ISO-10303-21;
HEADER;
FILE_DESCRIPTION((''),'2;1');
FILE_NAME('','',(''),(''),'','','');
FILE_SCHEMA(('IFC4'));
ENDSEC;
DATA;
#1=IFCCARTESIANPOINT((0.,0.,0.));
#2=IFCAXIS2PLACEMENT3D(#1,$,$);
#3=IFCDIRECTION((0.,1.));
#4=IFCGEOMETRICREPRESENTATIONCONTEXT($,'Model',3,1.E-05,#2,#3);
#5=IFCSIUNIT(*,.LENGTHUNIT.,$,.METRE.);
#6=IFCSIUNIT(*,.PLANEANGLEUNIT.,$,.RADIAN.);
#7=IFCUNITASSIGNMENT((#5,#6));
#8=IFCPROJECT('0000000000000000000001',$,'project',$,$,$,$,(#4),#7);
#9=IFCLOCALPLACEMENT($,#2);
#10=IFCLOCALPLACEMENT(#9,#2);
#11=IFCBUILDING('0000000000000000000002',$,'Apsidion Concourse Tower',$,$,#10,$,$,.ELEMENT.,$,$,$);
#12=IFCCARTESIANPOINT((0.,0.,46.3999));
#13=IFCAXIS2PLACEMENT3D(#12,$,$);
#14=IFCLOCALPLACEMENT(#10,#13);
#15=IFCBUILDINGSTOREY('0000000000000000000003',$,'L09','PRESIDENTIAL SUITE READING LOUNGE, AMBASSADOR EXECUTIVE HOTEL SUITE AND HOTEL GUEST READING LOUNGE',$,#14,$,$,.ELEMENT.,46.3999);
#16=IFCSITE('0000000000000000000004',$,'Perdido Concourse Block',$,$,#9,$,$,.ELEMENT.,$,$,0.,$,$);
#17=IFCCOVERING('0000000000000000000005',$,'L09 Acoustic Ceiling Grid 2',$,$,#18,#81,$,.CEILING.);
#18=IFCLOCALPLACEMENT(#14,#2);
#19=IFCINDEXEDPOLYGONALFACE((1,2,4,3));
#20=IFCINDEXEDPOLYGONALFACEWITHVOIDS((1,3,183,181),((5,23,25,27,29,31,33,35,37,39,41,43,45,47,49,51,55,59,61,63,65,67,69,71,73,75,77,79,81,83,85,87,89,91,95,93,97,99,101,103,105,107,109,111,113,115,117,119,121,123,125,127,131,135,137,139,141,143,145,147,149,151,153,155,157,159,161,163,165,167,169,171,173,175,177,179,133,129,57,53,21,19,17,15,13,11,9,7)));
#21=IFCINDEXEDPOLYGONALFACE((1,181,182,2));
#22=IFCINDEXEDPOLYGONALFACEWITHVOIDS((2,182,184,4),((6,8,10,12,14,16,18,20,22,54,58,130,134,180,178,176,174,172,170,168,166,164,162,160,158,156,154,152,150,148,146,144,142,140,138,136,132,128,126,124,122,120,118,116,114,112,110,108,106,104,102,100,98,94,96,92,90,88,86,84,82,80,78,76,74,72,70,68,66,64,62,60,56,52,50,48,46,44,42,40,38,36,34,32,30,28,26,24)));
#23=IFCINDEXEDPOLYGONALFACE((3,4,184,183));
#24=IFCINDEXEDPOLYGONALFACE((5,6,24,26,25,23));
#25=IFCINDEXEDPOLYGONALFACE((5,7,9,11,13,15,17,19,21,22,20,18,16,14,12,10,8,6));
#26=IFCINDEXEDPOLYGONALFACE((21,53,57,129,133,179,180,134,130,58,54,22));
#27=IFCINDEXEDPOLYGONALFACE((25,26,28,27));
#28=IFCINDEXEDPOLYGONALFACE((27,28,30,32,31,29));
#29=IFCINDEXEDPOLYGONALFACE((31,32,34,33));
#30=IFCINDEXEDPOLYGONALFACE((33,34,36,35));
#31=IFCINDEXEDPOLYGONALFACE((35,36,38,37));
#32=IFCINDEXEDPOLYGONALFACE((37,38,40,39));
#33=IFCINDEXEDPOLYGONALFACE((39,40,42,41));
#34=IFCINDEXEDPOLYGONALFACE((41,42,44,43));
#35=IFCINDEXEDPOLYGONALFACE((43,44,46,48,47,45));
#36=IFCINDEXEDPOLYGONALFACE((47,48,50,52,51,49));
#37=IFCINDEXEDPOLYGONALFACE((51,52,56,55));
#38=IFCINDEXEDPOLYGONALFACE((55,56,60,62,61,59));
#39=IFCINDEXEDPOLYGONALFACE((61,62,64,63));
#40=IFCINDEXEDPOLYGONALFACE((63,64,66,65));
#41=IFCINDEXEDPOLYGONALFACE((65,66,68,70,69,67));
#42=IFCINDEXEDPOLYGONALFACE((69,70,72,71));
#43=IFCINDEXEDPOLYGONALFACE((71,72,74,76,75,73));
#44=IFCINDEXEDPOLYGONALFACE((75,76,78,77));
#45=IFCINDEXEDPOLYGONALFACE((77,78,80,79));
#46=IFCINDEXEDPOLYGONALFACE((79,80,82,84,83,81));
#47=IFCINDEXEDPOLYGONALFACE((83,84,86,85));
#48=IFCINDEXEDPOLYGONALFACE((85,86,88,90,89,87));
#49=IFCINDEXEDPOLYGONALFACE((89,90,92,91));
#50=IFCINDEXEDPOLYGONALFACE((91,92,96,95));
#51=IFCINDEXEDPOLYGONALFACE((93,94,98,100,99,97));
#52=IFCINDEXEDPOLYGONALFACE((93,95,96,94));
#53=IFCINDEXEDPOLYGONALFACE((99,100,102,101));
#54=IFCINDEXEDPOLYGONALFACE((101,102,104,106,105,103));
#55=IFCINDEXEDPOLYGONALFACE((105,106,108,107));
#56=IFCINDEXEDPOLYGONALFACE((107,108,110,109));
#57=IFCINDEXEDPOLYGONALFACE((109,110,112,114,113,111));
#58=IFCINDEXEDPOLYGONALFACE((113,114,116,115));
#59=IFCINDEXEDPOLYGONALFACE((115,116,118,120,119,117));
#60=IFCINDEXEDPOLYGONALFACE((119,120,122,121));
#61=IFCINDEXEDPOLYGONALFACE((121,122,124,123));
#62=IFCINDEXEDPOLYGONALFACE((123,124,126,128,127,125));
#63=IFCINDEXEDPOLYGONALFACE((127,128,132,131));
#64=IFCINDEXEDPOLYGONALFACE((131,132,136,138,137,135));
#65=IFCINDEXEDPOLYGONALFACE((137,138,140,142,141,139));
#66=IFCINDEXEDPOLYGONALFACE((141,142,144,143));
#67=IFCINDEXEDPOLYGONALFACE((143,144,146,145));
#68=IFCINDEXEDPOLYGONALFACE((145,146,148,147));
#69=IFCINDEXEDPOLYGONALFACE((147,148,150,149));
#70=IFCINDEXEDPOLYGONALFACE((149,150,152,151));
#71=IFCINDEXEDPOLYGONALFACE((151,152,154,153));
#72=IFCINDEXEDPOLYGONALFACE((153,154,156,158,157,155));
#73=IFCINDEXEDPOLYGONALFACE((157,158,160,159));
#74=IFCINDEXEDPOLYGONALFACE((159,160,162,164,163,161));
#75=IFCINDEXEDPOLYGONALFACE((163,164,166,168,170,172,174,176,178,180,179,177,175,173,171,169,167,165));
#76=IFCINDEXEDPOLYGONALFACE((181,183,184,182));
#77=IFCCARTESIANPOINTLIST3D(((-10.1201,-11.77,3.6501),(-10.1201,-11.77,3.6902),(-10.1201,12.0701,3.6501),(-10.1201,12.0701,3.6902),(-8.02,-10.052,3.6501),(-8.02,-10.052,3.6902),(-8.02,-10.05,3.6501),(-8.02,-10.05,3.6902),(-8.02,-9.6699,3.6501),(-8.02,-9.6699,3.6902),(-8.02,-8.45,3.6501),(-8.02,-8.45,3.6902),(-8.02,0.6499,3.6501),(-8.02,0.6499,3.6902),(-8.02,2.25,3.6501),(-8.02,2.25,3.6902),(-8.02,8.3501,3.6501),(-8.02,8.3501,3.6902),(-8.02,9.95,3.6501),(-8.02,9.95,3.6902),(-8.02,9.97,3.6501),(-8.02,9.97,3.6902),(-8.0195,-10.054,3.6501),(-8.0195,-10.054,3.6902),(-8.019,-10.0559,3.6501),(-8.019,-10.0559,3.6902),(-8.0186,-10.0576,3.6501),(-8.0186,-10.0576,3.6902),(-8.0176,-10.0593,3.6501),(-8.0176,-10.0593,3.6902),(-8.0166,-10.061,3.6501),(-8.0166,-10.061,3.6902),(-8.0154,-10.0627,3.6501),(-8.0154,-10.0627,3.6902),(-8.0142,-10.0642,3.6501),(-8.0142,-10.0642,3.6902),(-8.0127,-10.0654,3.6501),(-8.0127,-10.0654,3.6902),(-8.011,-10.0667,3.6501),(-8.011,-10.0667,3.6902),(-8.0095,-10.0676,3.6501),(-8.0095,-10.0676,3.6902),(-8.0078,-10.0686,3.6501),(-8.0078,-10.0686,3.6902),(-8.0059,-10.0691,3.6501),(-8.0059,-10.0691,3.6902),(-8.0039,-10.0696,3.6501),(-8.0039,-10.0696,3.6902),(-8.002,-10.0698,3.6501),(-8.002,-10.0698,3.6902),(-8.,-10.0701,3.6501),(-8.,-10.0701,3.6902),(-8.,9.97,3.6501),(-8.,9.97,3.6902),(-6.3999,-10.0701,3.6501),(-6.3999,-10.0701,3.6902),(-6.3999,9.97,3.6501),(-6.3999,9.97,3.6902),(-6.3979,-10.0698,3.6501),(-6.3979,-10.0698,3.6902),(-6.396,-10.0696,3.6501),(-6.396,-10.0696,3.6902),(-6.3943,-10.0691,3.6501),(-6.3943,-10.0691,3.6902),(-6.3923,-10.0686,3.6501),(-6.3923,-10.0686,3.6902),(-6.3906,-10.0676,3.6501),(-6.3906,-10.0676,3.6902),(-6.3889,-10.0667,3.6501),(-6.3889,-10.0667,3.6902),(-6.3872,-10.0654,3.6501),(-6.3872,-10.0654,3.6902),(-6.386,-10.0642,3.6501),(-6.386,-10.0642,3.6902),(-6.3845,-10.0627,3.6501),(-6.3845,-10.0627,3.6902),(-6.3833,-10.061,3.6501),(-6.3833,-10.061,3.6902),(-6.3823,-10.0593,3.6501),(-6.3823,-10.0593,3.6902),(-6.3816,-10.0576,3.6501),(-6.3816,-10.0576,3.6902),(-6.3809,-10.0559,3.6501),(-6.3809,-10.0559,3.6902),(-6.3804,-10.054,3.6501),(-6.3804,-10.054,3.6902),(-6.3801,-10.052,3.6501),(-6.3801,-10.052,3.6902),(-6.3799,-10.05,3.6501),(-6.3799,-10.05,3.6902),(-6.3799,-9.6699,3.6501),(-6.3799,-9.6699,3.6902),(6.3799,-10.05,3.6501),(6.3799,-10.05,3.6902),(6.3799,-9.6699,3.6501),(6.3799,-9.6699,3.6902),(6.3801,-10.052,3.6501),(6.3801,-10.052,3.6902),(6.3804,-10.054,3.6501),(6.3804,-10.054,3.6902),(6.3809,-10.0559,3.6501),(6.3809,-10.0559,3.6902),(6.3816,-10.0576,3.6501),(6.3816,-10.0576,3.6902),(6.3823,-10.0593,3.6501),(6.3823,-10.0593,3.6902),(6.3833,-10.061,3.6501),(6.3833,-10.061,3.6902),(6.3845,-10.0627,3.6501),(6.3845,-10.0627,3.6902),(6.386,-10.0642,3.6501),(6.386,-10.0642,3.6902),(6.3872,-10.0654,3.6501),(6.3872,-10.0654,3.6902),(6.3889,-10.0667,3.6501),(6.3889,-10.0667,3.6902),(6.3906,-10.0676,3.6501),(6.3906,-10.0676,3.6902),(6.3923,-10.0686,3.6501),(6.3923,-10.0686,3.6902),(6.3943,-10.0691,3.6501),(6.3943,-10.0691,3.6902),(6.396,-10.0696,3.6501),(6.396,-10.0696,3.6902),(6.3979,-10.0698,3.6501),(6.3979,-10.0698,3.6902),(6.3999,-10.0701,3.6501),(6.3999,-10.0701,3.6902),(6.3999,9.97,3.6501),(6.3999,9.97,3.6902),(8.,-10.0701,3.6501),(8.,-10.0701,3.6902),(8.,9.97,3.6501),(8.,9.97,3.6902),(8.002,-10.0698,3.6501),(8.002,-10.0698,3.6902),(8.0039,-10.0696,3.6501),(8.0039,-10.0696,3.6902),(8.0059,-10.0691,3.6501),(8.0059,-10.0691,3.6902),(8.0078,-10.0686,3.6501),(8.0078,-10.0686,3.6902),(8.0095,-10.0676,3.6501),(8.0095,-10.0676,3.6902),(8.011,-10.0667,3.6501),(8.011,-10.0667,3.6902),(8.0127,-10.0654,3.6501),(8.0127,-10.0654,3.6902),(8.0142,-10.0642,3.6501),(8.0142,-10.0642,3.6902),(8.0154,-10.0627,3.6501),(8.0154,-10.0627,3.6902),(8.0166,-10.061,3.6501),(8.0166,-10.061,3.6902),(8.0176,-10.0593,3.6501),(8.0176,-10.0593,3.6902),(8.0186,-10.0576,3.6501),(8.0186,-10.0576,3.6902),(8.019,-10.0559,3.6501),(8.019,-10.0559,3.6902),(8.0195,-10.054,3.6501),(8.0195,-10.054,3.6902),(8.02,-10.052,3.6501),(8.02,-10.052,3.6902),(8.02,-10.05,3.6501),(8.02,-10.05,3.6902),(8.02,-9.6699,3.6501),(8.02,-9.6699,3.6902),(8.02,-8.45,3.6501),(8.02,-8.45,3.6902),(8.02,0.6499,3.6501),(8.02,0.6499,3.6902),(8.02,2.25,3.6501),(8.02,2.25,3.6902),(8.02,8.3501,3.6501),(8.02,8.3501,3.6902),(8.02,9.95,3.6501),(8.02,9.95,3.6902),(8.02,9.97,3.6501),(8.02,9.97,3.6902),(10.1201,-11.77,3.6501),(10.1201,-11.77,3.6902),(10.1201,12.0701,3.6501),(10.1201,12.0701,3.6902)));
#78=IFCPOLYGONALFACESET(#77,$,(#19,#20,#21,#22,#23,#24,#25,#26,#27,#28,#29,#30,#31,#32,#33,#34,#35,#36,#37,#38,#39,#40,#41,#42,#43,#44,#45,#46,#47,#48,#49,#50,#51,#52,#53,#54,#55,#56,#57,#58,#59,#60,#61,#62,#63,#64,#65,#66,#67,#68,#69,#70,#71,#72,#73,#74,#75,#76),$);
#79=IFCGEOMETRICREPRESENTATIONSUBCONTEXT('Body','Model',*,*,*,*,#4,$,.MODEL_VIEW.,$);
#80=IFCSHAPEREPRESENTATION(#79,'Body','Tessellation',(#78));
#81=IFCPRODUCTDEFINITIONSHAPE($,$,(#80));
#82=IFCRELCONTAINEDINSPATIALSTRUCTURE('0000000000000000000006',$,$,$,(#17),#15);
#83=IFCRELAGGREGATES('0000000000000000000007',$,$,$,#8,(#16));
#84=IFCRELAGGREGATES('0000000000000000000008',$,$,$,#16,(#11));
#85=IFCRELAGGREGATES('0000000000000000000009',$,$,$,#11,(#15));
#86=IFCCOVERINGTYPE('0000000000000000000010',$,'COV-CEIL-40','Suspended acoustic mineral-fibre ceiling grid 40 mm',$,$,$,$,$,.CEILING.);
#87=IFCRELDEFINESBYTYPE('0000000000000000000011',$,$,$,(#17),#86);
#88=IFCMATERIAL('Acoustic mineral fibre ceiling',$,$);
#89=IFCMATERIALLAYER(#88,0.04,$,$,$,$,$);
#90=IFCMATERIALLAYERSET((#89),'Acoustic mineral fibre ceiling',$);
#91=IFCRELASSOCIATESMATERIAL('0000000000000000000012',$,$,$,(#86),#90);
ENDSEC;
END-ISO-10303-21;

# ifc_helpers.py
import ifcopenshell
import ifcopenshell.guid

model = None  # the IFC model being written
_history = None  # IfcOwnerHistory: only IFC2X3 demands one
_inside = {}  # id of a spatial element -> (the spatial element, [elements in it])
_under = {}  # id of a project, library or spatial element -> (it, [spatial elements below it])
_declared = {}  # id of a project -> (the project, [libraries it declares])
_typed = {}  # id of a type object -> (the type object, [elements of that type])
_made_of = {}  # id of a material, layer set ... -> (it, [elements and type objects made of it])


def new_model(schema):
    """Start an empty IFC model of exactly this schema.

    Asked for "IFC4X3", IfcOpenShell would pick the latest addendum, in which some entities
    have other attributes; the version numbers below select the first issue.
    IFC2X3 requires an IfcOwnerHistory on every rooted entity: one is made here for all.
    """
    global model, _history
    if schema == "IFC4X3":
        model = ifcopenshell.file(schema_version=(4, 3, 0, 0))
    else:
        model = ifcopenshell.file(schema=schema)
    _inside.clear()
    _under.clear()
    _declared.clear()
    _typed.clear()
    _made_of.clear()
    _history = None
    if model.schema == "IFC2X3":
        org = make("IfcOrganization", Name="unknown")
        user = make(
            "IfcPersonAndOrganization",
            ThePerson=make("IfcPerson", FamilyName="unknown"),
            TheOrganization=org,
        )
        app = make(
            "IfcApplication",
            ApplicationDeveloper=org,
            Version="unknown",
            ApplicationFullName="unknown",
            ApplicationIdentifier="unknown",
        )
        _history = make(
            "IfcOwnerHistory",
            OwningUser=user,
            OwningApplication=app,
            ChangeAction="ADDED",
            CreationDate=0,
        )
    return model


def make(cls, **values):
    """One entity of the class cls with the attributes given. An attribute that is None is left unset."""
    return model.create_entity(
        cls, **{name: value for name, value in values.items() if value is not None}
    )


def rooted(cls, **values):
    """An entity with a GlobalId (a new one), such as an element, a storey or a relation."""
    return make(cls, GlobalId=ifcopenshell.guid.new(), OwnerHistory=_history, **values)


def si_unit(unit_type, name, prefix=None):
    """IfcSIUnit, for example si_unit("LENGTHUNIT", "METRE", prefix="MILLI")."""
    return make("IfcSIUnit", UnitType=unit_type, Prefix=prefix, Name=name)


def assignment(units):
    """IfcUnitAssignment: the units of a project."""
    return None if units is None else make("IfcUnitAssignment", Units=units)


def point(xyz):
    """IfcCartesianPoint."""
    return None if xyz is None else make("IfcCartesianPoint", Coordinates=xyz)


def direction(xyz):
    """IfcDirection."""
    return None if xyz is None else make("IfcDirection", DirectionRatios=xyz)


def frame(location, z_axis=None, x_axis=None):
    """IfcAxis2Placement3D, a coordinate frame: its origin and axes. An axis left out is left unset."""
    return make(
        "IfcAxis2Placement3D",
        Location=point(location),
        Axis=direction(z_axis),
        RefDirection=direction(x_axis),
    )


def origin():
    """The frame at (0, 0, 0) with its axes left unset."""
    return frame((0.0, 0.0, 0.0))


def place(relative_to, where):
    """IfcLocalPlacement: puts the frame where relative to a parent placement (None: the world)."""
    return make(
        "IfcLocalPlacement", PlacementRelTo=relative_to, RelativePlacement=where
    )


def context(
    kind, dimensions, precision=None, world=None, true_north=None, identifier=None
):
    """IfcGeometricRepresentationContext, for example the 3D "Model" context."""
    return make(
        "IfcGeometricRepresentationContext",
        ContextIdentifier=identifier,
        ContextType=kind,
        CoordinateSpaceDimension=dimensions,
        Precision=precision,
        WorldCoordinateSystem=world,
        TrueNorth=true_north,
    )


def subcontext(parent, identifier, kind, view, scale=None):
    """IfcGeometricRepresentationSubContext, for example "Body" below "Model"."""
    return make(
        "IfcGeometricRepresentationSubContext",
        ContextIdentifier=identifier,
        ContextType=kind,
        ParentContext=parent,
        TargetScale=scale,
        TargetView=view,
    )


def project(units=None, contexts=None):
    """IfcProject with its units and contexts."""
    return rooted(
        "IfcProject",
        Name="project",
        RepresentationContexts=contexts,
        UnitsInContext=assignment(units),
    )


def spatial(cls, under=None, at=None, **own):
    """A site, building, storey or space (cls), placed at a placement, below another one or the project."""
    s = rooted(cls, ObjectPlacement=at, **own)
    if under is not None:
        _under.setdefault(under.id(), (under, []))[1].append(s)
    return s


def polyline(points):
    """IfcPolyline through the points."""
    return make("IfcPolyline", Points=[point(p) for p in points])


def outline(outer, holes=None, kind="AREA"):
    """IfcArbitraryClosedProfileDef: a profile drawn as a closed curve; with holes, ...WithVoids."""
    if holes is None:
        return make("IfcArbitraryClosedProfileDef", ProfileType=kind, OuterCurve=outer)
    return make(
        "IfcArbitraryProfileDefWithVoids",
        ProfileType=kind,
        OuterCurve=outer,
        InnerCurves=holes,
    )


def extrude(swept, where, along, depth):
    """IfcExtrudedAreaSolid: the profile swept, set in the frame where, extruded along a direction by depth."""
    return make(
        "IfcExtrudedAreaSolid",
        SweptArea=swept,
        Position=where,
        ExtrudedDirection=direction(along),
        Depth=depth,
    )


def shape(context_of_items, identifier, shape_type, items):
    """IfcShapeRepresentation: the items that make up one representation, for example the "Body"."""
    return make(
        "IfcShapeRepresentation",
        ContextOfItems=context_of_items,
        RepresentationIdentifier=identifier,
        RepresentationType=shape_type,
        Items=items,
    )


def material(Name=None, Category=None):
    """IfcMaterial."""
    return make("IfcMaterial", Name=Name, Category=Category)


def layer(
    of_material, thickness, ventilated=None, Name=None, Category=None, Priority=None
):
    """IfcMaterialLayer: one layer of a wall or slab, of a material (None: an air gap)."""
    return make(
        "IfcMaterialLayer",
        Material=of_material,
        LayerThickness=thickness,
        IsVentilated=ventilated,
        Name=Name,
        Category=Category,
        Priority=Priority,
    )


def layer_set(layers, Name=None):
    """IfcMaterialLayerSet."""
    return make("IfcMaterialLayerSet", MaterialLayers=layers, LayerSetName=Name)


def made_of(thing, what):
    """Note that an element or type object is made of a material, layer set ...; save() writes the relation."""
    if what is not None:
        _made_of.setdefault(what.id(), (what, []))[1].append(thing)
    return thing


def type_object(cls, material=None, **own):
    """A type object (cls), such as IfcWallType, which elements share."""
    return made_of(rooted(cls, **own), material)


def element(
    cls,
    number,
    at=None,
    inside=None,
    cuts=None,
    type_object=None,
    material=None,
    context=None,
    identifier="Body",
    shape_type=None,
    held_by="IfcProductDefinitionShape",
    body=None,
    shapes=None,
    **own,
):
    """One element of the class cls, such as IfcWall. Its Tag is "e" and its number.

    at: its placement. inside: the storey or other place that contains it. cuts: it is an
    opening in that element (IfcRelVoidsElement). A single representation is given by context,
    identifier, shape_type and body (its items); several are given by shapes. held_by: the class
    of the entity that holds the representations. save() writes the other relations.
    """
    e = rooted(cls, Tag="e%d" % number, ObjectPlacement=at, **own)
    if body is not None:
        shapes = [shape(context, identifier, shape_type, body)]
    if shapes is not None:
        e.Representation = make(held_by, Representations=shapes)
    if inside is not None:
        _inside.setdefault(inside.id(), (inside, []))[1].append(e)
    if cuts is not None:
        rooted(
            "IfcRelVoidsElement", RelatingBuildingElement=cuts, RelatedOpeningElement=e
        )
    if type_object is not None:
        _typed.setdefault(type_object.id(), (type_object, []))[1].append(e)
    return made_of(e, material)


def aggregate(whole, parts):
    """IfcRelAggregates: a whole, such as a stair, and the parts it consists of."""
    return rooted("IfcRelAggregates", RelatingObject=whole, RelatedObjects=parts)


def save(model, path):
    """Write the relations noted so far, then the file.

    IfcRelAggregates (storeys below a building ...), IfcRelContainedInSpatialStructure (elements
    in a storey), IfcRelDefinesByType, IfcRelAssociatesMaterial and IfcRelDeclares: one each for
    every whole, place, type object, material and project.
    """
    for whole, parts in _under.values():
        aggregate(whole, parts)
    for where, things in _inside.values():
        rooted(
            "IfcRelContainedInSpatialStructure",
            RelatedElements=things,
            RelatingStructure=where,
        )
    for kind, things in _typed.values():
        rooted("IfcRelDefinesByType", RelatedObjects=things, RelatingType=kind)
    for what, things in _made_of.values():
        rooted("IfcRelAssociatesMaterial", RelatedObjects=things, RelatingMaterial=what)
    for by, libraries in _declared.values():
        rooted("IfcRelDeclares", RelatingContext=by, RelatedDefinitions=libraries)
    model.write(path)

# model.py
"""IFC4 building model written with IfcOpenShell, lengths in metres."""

from ifc_helpers import new_model, si_unit, direction, frame, origin, place, context, subcontext, project, spatial, polyline, outline, extrude, material, layer, layer_set, type_object, element, save


model = new_model("IFC4")

# Units and contexts
model_context = context("Model", 3, precision=1e-05, world=origin(), true_north=direction((0.0, 1.0)))
body_context = subcontext(model_context, "Body", "Model", "MODEL_VIEW")
ifc_project = project(units=[si_unit("LENGTHUNIT", "METRE"), si_unit("PLANEANGLEUNIT", "RADIAN")], contexts=[model_context])

# Site, building, storey
site_placement = place(None, origin())
site = spatial("IfcSite", under=ifc_project, at=site_placement, Name="Perdido Concourse Block", CompositionType="ELEMENT", RefElevation=0.0)
building_placement = place(site_placement, origin())
building = spatial("IfcBuilding", under=site, at=building_placement, Name="Apsidion Concourse Tower", CompositionType="ELEMENT")
storey_placement = place(building_placement, frame((0.0, 0.0, 46.3999)))
storey = spatial("IfcBuildingStorey", under=building, at=storey_placement, Name="L09", Description="PRESIDENTIAL SUITE READING LOUNGE, AMBASSADOR EXECUTIVE HOTEL SUITE AND HOTEL GUEST READING LOUNGE", CompositionType="ELEMENT", Elevation=46.3999)

# Covering
ifc_material_1 = material(Name="Acoustic mineral fibre ceiling")
ifc_layer_1 = layer(ifc_material_1, 0.04)
ifc_layer_set_1 = layer_set([ifc_layer_1], Name="Acoustic mineral fibre ceiling")
covering_type_1 = type_object("IfcCoveringType", Name="COV-CEIL-40", Description="Suspended acoustic mineral-fibre ceiling grid 40 mm", PredefinedType="CEILING", material=ifc_layer_set_1)
covering_1_placement = place(storey_placement, frame((0.0, 0.0, 3.6501)))
element("IfcCovering", 1, at=covering_1_placement, inside=storey, type_object=covering_type_1, Name="L09 Acoustic Ceiling Grid 2", PredefinedType="CEILING", context=body_context, shape_type="SweptSolid", body=[
    extrude(outline(polyline([(10.1201, 12.0701), (10.1201, -11.77), (-10.1201, -11.77), (-10.1201, 12.0701), (10.1201, 12.0701)]), holes=[polyline([(-8.02, 9.95), (-8.02, 8.3501), (-8.02, 2.25), (-8.02, 0.6499), (-8.02, -8.45), (-8.02, -9.6699), (-8.02, -10.05), (-8.02, -10.052), (-8.0195, -10.054), (-8.019, -10.0559), (-8.0186, -10.0576), (-8.0176, -10.0593), (-8.0166, -10.061), (-8.0154, -10.0627), (-8.0142, -10.0642), (-8.0127, -10.0654), (-8.011, -10.0667), (-8.0095, -10.0676), (-8.0078, -10.0686), (-8.0059, -10.0691), (-8.0039, -10.0696), (-8.002, -10.0698), (-8.0, -10.0701), (-6.3999, -10.0701), (-6.3979, -10.0698), (-6.396, -10.0696), (-6.3943, -10.0691), (-6.3923, -10.0686), (-6.3906, -10.0676), (-6.3889, -10.0667), (-6.3872, -10.0654), (-6.386, -10.0642), (-6.3845, -10.0627), (-6.3833, -10.061), (-6.3823, -10.0593), (-6.3816, -10.0576), (-6.3809, -10.0559), (-6.3804, -10.054), (-6.3801, -10.052), (-6.3799, -10.05), (-6.3799, -9.6699), (6.3799, -9.6699), (6.3799, -10.05), (6.3801, -10.052), (6.3804, -10.054), (6.3809, -10.0559), (6.3816, -10.0576), (6.3823, -10.0593), (6.3833, -10.061), (6.3845, -10.0627), (6.386, -10.0642), (6.3872, -10.0654), (6.3889, -10.0667), (6.3906, -10.0676), (6.3923, -10.0686), (6.3943, -10.0691), (6.396, -10.0696), (6.3979, -10.0698), (6.3999, -10.0701), (8.0, -10.0701), (8.002, -10.0698), (8.0039, -10.0696), (8.0059, -10.0691), (8.0078, -10.0686), (8.0095, -10.0676), (8.011, -10.0667), (8.0127, -10.0654), (8.0142, -10.0642), (8.0154, -10.0627), (8.0166, -10.061), (8.0176, -10.0593), (8.0186, -10.0576), (8.019, -10.0559), (8.0195, -10.054), (8.02, -10.052), (8.02, -10.05), (8.02, -9.6699), (8.02, -8.45), (8.02, 0.6499), (8.02, 2.25), (8.02, 8.3501), (8.02, 9.95), (8.02, 9.97), (8.0, 9.97), (6.3999, 9.97), (-6.3999, 9.97), (-8.0, 9.97), (-8.02, 9.97), (-8.02, 9.95)])]), origin(), (0.0, 0.0, 1.0), 0.04),
])

save(model, "model.ifc")
